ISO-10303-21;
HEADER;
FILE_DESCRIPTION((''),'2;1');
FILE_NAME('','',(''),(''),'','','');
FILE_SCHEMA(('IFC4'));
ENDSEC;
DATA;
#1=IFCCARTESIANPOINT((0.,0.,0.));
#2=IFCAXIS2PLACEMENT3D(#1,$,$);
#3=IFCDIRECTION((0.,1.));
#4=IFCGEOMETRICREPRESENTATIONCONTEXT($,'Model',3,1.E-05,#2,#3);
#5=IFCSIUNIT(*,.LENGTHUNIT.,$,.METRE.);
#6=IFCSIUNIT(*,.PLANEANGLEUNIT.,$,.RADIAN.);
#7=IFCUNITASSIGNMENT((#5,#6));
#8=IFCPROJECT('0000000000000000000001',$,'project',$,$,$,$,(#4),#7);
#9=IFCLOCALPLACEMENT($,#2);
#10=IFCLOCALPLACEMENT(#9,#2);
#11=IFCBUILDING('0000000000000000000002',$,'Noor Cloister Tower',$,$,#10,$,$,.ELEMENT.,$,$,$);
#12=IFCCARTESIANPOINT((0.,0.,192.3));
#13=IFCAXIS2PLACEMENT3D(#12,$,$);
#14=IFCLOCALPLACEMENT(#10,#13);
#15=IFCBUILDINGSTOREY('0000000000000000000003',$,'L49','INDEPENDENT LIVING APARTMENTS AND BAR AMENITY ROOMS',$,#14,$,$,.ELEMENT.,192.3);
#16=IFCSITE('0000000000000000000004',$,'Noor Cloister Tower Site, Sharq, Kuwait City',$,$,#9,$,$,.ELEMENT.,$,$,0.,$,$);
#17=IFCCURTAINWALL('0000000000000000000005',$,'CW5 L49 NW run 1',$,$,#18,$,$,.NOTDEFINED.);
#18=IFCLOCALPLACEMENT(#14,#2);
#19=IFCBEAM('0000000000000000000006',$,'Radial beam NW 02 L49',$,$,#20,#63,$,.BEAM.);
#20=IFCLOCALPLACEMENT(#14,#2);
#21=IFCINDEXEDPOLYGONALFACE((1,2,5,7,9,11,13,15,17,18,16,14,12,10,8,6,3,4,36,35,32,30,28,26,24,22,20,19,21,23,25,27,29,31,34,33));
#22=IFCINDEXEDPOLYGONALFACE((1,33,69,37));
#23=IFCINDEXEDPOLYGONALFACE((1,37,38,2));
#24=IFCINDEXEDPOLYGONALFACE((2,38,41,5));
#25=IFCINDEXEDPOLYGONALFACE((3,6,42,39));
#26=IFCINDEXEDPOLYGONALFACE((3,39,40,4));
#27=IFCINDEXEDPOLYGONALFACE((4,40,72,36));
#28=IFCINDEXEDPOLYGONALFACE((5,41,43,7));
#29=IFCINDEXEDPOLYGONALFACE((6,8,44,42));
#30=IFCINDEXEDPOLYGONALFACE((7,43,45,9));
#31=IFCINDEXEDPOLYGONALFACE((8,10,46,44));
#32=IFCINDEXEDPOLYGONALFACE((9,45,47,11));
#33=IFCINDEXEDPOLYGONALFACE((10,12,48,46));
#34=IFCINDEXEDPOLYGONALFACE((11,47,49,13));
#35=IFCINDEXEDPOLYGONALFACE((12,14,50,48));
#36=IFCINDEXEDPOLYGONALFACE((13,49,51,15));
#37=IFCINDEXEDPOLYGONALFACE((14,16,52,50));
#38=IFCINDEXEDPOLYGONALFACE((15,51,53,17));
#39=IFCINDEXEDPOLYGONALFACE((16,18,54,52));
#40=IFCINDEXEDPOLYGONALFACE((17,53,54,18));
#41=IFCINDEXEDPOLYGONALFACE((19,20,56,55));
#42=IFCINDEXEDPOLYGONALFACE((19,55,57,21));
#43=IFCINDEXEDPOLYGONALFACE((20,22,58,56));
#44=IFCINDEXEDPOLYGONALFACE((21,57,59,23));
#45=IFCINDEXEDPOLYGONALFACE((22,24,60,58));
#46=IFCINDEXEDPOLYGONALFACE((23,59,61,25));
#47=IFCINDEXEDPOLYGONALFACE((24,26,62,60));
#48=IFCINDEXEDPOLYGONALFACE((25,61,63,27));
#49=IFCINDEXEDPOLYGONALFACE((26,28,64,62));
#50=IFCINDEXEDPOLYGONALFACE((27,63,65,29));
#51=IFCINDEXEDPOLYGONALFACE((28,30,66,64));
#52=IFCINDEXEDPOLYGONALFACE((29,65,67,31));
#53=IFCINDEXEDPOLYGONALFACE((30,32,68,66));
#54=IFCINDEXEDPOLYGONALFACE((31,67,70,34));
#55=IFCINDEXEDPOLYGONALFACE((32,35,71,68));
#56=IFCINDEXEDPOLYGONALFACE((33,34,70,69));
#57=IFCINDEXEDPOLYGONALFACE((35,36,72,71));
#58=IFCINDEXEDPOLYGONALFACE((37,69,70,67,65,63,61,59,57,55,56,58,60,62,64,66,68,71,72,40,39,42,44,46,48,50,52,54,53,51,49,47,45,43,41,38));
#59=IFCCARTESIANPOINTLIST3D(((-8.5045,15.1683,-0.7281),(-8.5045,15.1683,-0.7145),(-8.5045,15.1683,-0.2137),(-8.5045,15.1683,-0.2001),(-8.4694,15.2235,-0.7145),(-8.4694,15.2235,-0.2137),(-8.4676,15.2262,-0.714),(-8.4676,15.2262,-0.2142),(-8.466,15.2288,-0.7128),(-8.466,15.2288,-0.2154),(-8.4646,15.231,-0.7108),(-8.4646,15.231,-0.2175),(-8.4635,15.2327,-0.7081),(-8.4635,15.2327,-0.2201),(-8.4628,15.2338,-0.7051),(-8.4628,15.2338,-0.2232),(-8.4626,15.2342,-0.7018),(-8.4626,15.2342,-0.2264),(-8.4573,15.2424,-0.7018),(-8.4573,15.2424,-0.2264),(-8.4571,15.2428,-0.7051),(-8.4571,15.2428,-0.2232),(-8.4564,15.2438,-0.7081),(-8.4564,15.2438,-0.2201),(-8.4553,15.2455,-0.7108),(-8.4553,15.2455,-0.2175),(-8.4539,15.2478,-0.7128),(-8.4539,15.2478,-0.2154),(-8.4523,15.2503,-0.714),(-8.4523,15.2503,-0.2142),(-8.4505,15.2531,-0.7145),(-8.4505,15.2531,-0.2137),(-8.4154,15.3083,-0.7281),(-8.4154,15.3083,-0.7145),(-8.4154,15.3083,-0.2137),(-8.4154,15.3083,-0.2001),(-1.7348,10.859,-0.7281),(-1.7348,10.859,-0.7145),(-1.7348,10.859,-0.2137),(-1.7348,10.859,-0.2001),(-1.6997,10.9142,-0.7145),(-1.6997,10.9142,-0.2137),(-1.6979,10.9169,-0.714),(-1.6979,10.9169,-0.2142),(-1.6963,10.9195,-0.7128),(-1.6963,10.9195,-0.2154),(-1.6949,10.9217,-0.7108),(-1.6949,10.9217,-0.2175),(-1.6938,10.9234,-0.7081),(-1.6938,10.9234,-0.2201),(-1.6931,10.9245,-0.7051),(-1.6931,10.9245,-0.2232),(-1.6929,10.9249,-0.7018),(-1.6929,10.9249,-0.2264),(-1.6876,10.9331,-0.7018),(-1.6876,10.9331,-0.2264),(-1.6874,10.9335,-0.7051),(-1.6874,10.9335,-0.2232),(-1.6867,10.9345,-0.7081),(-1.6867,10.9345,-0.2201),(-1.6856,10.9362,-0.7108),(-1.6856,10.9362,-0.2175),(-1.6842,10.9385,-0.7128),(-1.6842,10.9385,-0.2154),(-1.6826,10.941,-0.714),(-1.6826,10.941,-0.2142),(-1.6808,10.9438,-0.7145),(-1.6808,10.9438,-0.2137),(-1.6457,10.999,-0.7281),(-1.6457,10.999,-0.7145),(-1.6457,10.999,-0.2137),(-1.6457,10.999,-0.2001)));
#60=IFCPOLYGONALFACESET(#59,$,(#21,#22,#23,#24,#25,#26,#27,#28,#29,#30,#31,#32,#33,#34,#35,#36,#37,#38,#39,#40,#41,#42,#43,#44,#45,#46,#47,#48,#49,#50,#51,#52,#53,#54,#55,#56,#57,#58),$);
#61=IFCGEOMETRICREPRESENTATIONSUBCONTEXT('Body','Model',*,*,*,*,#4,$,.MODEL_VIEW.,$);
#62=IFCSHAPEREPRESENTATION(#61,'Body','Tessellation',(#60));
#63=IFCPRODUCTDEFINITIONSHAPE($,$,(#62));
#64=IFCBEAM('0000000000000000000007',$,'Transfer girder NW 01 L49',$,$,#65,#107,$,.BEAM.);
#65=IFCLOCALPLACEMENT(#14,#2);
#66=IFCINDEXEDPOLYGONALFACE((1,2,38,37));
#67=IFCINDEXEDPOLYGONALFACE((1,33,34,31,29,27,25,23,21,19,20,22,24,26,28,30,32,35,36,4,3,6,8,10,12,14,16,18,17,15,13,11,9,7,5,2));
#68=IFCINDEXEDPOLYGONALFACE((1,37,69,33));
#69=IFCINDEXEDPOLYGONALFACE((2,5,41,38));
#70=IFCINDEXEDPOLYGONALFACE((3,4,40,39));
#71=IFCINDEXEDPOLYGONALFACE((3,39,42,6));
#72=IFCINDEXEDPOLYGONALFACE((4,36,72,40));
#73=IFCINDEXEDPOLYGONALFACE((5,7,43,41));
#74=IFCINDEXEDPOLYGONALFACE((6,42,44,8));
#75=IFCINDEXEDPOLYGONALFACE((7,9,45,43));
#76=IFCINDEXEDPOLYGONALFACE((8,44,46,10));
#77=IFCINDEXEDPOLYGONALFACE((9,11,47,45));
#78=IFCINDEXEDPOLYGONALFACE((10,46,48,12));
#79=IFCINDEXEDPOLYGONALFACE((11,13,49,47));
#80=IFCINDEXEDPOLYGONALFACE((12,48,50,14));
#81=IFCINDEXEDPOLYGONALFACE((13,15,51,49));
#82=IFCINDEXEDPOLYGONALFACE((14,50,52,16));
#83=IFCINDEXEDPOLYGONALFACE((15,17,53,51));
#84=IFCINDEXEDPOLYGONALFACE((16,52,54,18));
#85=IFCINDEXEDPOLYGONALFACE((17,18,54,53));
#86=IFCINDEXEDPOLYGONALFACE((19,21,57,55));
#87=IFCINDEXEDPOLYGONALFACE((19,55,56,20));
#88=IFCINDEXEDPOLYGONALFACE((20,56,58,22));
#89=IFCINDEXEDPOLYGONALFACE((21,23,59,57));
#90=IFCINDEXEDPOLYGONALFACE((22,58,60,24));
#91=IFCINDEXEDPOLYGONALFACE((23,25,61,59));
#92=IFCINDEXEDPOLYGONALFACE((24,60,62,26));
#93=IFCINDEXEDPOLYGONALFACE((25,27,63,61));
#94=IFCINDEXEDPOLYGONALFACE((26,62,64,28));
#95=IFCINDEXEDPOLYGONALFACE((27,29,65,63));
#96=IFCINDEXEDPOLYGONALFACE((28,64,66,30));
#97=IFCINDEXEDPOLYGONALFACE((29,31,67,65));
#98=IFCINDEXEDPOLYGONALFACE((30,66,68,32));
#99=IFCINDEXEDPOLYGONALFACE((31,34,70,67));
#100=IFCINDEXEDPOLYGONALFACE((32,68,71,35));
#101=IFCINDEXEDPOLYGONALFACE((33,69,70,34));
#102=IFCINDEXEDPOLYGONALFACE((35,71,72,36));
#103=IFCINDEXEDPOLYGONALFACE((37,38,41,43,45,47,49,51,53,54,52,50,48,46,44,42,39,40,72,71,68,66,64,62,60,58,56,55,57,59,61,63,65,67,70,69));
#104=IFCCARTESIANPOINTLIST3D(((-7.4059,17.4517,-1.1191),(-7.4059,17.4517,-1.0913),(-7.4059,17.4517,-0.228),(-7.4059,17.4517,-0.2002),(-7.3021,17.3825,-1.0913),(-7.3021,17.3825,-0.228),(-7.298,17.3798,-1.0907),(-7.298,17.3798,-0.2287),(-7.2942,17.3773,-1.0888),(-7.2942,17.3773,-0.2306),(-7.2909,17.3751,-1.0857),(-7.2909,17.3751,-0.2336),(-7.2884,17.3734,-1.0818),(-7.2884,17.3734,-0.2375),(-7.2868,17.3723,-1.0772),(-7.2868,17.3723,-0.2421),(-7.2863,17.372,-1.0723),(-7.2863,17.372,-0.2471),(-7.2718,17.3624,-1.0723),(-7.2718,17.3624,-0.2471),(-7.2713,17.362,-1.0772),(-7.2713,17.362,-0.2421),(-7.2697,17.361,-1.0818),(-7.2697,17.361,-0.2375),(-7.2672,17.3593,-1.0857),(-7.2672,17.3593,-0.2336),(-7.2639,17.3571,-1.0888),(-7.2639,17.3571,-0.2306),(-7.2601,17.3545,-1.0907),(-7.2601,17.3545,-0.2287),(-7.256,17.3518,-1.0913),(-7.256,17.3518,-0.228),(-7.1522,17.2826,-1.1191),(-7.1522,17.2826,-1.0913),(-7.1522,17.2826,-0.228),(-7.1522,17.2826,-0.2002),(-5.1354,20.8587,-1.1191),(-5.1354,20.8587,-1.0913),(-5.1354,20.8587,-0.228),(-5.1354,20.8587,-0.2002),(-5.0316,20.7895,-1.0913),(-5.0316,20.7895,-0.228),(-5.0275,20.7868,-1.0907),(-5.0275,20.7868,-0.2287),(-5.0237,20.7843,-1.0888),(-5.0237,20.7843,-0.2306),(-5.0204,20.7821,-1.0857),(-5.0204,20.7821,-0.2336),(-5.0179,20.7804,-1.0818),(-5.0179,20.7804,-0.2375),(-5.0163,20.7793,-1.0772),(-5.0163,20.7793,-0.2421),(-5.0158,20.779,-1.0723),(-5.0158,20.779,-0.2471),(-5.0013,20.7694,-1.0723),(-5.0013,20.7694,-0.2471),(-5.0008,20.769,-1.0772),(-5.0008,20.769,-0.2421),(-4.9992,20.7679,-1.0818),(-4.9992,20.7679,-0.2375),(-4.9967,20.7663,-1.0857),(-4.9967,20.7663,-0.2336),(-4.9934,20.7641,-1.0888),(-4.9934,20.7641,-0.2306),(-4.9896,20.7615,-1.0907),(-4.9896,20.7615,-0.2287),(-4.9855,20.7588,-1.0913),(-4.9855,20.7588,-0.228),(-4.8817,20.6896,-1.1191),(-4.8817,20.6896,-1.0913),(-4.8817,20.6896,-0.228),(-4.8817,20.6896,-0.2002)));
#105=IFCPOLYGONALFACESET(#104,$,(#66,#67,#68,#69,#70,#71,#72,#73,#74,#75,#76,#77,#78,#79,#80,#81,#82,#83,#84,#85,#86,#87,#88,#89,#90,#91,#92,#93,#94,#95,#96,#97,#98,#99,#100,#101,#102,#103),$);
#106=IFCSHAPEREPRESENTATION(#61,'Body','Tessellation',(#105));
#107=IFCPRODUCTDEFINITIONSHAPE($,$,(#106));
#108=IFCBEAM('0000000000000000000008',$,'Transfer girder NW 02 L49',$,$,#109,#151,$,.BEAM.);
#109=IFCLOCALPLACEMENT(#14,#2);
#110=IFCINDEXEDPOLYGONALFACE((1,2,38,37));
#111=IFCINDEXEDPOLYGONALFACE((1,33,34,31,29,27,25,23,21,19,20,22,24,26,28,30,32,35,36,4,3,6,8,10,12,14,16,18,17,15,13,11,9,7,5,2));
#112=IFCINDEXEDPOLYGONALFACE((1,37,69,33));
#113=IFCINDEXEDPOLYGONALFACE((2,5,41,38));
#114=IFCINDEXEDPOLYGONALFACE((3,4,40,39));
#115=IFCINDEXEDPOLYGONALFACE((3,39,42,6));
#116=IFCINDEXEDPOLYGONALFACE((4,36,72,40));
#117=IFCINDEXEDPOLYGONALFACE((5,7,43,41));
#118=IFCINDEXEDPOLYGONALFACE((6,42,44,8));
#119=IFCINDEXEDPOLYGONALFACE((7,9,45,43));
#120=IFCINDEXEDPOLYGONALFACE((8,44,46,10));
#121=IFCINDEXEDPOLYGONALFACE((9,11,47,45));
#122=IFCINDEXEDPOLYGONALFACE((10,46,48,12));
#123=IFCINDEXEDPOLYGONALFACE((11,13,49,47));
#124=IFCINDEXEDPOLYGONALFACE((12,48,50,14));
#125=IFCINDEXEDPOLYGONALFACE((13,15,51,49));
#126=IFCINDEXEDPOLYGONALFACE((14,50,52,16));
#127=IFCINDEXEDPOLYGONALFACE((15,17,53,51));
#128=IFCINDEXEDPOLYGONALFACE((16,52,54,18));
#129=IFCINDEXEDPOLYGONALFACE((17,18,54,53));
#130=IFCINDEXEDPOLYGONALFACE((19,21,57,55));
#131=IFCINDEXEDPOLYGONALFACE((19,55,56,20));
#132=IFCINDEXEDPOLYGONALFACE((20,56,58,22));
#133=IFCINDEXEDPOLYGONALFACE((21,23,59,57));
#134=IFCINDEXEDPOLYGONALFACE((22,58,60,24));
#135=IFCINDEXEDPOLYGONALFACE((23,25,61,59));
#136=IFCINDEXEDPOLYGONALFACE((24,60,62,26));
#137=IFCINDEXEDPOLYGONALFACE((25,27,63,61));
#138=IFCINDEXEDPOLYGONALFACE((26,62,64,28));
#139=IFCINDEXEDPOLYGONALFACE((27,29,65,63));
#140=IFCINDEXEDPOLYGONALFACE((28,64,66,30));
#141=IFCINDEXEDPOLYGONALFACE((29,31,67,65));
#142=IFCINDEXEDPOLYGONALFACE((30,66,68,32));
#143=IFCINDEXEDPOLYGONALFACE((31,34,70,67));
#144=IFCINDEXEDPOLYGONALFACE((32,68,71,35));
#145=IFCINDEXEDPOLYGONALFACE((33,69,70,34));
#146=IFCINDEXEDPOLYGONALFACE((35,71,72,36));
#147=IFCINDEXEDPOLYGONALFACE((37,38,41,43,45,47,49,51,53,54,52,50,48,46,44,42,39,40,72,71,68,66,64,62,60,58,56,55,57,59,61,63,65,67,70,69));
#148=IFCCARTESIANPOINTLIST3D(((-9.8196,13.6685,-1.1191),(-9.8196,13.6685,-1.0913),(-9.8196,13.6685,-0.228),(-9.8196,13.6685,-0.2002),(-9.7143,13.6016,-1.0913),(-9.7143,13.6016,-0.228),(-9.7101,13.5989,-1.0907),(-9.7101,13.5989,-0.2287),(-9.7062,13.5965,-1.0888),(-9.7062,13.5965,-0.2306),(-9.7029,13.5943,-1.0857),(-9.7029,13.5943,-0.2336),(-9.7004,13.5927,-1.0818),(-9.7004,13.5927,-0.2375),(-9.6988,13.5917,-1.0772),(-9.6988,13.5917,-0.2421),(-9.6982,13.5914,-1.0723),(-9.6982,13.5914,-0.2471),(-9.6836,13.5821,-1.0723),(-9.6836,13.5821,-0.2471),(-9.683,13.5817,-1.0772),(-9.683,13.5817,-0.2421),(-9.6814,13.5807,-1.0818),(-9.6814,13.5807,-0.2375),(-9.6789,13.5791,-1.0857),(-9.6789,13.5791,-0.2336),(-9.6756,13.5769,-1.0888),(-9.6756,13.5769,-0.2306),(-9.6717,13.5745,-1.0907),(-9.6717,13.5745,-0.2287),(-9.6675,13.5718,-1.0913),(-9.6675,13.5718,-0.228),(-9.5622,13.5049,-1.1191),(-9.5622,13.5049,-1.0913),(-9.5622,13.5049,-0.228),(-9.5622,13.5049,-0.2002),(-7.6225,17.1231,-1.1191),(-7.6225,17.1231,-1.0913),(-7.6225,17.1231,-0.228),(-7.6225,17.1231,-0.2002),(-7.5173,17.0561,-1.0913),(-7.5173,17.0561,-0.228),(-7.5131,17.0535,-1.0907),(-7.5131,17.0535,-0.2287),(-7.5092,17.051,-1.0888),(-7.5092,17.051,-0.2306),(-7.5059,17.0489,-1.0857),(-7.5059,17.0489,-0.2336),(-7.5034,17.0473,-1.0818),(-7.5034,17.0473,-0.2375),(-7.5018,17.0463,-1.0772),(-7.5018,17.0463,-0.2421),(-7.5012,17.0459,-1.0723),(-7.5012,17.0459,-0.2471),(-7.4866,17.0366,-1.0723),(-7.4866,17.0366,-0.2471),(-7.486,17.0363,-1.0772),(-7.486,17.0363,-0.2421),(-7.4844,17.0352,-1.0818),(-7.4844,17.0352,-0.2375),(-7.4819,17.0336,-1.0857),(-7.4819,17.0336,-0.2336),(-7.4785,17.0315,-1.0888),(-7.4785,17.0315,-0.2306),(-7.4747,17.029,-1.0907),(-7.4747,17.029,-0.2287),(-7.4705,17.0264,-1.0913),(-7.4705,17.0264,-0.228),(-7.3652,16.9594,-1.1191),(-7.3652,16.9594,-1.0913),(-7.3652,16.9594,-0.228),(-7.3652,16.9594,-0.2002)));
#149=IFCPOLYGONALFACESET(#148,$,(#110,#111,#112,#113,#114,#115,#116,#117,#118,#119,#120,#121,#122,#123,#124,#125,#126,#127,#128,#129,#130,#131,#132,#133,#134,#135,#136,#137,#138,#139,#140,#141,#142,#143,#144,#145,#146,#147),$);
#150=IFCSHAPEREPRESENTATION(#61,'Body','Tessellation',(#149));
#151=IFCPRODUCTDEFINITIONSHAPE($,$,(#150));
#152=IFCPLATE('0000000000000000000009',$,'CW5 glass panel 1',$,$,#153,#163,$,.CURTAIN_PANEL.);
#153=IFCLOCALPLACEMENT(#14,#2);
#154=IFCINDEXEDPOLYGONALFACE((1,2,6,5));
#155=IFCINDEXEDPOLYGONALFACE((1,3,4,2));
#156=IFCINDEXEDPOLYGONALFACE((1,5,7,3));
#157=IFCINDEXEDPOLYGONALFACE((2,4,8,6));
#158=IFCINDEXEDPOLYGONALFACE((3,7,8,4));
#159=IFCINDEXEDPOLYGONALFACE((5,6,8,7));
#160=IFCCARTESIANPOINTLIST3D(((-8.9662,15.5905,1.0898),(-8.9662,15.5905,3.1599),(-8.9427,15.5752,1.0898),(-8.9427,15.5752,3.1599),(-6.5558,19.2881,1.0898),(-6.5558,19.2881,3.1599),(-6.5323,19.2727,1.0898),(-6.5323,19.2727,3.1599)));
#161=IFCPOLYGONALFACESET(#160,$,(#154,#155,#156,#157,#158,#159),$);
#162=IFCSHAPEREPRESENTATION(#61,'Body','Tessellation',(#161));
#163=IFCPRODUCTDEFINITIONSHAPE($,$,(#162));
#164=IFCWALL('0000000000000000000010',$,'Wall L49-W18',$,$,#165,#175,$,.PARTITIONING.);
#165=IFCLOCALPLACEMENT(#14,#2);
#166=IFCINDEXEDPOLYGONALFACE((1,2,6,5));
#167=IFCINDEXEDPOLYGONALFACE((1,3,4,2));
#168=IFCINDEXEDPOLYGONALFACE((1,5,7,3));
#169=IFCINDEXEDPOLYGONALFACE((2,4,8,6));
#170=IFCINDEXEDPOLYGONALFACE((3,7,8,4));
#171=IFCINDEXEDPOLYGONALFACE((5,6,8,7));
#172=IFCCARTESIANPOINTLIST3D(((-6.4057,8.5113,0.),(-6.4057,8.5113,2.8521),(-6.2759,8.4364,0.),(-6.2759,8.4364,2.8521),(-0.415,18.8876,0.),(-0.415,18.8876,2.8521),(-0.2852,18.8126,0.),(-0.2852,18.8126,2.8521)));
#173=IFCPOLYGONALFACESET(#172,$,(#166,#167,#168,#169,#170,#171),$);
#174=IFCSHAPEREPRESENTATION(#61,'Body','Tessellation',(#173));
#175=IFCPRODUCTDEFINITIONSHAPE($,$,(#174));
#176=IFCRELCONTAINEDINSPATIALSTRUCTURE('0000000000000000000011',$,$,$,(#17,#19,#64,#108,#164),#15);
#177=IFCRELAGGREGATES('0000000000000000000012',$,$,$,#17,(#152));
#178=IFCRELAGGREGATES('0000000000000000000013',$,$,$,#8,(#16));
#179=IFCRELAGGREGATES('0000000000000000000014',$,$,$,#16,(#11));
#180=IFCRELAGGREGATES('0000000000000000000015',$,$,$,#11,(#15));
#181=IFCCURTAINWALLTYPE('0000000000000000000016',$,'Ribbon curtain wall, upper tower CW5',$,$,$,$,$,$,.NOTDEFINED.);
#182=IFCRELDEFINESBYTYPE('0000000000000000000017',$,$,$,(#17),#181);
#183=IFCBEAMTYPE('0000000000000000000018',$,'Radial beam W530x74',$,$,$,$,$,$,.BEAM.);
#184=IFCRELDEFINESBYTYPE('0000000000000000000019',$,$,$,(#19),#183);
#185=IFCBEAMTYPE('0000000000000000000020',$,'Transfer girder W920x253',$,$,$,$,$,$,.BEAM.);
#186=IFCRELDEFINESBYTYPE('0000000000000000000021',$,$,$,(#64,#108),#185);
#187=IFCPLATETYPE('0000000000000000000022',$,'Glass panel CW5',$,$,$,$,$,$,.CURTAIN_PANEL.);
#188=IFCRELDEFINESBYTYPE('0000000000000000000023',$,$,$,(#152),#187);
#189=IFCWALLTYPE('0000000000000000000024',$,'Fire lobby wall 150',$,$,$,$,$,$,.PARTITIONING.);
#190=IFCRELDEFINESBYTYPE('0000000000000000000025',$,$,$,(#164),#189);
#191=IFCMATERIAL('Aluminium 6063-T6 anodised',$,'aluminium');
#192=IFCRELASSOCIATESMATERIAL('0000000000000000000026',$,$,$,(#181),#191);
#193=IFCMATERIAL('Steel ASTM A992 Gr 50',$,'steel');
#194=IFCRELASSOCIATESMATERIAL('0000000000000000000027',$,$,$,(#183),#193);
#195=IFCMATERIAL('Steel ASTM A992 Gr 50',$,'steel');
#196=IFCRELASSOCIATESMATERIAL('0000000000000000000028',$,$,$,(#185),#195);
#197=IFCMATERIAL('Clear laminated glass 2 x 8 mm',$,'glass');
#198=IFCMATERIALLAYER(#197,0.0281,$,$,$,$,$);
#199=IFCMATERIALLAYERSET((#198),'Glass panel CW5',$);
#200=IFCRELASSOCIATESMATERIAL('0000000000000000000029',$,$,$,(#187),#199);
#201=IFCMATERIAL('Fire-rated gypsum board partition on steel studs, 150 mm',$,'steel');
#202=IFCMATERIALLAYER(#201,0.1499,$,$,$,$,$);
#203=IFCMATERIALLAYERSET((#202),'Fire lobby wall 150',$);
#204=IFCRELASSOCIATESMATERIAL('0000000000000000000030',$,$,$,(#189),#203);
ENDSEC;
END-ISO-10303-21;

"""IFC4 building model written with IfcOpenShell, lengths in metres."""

from ifc_helpers import new_model, si_unit, direction, frame, frame_2d, origin, origin_2d, place, context, subcontext, project, spatial, rectangle, i_section, extrude, material, layer, layer_set, material_profile, profile_set, type_object, element, aggregate, save


model = new_model("IFC4")

# Units and contexts
model_context = context("Model", 3, precision=1e-05, world=origin(), true_north=direction((0.0, 1.0)))
body_context = subcontext(model_context, "Body", "Model", "MODEL_VIEW")
ifc_project = project(units=[si_unit("LENGTHUNIT", "METRE"), si_unit("PLANEANGLEUNIT", "RADIAN")], contexts=[model_context])

# Site, building, storey
site_placement = place(None, origin())
site = spatial("IfcSite", under=ifc_project, at=site_placement, Name="Noor Cloister Tower Site, Sharq, Kuwait City", CompositionType="ELEMENT", RefElevation=0.0)
building_placement = place(site_placement, origin())
building = spatial("IfcBuilding", under=site, at=building_placement, Name="Noor Cloister Tower", CompositionType="ELEMENT")
storey_placement = place(building_placement, frame((0.0, 0.0, 192.3)))
storey = spatial("IfcBuildingStorey", under=building, at=storey_placement, Name="L49", Description="INDEPENDENT LIVING APARTMENTS AND BAR AMENITY ROOMS", CompositionType="ELEMENT", Elevation=192.3)

# Curtain wall
ifc_material_1 = material(Name="Aluminium 6063-T6 anodised", Category="aluminium")
curtain_wall_type = type_object("IfcCurtainWallType", Name="Ribbon curtain wall, upper tower CW5", PredefinedType="NOTDEFINED", material=ifc_material_1)
curtain_wall_placement = place(storey_placement, origin())
curtain_wall = element("IfcCurtainWall", 1, at=curtain_wall_placement, inside=storey, type_object=curtain_wall_type, Name="CW5 L49 NW run 1", PredefinedType="NOTDEFINED")

# Beams
ifc_material_2 = material(Name="Steel ASTM A992 Gr 50", Category="steel")
ifc_material_profile_1 = material_profile(ifc_material_2, i_section(OverallWidth=0.166, OverallDepth=0.5281, WebThickness=0.0098, FlangeThickness=0.0137, FilletRadius=0.0127, at=origin_2d()), Name="W530x74")
ifc_profile_set_1 = profile_set([ifc_material_profile_1], Name="Steel ASTM A992 Gr 50")
beam_type_1 = type_object("IfcBeamType", Name="Radial beam W530x74", PredefinedType="BEAM", material=ifc_profile_set_1)
beam_1_placement = place(storey_placement, frame((-8.46, 15.2383, -0.4641), z_axis=(0.843589, -0.53699, 0.0), x_axis=(0.53699, 0.843589, 0.0)))
element("IfcBeam", 2, at=beam_1_placement, inside=storey, type_object=beam_type_1, Name="Radial beam NW 02 L49", PredefinedType="BEAM", context=body_context, shape_type="SweptSolid", body=[
    extrude(i_section(OverallWidth=0.166, OverallDepth=0.5281, WebThickness=0.0098, FlangeThickness=0.0137, FilletRadius=0.0127, at=origin_2d()), origin(), (0.0, 0.0, 1.0), 8.0249),
])
ifc_material_3 = material(Name="Steel ASTM A992 Gr 50", Category="steel")
ifc_material_profile_2 = material_profile(ifc_material_3, i_section(OverallWidth=0.3049, OverallDepth=0.9189, WebThickness=0.0173, FlangeThickness=0.0278, FilletRadius=0.019, at=origin_2d()), Name="W920x253")
ifc_profile_set_2 = profile_set([ifc_material_profile_2], Name="Steel ASTM A992 Gr 50")
beam_type_2 = type_object("IfcBeamType", Name="Transfer girder W920x253", PredefinedType="BEAM", material=ifc_profile_set_2)
beam_2_placement = place(storey_placement, frame((-5.0085, 20.7742, -0.6597), z_axis=(-0.554563, -0.832142, 0.0), x_axis=(0.832142, -0.554563, 0.0)))
element("IfcBeam", 3, at=beam_2_placement, inside=storey, type_object=beam_type_2, Name="Transfer girder NW 01 L49", PredefinedType="BEAM", context=body_context, shape_type="SweptSolid", body=[
    extrude(i_section(OverallWidth=0.3049, OverallDepth=0.9189, WebThickness=0.0173, FlangeThickness=0.0278, FilletRadius=0.019, at=origin_2d()), origin(), (0.0, 0.0, 1.0), 4.0942),
])
beam_3_placement = place(storey_placement, frame((-7.4939, 17.0413, -0.6597), z_axis=(-0.53664, -0.843811, 0.0), x_axis=(0.843811, -0.53664, 0.0)))
element("IfcBeam", 4, at=beam_3_placement, inside=storey, type_object=beam_type_2, Name="Transfer girder NW 02 L49", PredefinedType="BEAM", context=body_context, shape_type="SweptSolid", body=[
    extrude(i_section(OverallWidth=0.3049, OverallDepth=0.9189, WebThickness=0.0173, FlangeThickness=0.0278, FilletRadius=0.019, at=origin_2d()), origin(), (0.0, 0.0, 1.0), 4.094),
])

# Plate
ifc_material_4 = material(Name="Clear laminated glass 2 x 8 mm", Category="glass")
ifc_layer_1 = layer(ifc_material_4, 0.0281)
ifc_layer_set_1 = layer_set([ifc_layer_1], Name="Glass panel CW5")
plate_type = type_object("IfcPlateType", Name="Glass panel CW5", PredefinedType="CURTAIN_PANEL", material=ifc_layer_set_1)
plate_placement = place(storey_placement, frame((-7.7493, 17.4316, 1.0898), z_axis=(0.0, 0.0, 1.0), x_axis=(-0.546098, -0.837721, 0.0)))
plate = element("IfcPlate", 5, at=plate_placement, type_object=plate_type, Name="CW5 glass panel 1", PredefinedType="CURTAIN_PANEL", context=body_context, shape_type="SweptSolid", body=[
    extrude(rectangle(XDim=4.4138, YDim=0.0281, at=origin_2d()), origin(), (0.0, 0.0, 1.0), 2.0701),
])
aggregate(curtain_wall, [plate])

# Wall
ifc_material_5 = material(Name="Fire-rated gypsum board partition on steel studs, 150 mm", Category="steel")
ifc_layer_2 = layer(ifc_material_5, 0.1499)
ifc_layer_set_2 = layer_set([ifc_layer_2], Name="Fire lobby wall 150")
wall_type_1 = type_object("IfcWallType", Name="Fire lobby wall 150", PredefinedType="PARTITIONING", material=ifc_layer_set_2)
wall_1_placement = place(storey_placement, frame((-0.3501, 18.8501, 0.0), z_axis=(0.0, 0.0, 1.0), x_axis=(-0.500001, -0.866025, 0.0)))
element("IfcWall", 6, at=wall_1_placement, inside=storey, type_object=wall_type_1, Name="Wall L49-W18", PredefinedType="PARTITIONING", context=body_context, shape_type="SweptSolid", body=[
    extrude(rectangle(XDim=11.9814, YDim=0.1499, at=frame_2d((5.9907, 0.0))), origin(), (0.0, 0.0, 1.0), 2.8521),
])

save(model, "model.ifc")
